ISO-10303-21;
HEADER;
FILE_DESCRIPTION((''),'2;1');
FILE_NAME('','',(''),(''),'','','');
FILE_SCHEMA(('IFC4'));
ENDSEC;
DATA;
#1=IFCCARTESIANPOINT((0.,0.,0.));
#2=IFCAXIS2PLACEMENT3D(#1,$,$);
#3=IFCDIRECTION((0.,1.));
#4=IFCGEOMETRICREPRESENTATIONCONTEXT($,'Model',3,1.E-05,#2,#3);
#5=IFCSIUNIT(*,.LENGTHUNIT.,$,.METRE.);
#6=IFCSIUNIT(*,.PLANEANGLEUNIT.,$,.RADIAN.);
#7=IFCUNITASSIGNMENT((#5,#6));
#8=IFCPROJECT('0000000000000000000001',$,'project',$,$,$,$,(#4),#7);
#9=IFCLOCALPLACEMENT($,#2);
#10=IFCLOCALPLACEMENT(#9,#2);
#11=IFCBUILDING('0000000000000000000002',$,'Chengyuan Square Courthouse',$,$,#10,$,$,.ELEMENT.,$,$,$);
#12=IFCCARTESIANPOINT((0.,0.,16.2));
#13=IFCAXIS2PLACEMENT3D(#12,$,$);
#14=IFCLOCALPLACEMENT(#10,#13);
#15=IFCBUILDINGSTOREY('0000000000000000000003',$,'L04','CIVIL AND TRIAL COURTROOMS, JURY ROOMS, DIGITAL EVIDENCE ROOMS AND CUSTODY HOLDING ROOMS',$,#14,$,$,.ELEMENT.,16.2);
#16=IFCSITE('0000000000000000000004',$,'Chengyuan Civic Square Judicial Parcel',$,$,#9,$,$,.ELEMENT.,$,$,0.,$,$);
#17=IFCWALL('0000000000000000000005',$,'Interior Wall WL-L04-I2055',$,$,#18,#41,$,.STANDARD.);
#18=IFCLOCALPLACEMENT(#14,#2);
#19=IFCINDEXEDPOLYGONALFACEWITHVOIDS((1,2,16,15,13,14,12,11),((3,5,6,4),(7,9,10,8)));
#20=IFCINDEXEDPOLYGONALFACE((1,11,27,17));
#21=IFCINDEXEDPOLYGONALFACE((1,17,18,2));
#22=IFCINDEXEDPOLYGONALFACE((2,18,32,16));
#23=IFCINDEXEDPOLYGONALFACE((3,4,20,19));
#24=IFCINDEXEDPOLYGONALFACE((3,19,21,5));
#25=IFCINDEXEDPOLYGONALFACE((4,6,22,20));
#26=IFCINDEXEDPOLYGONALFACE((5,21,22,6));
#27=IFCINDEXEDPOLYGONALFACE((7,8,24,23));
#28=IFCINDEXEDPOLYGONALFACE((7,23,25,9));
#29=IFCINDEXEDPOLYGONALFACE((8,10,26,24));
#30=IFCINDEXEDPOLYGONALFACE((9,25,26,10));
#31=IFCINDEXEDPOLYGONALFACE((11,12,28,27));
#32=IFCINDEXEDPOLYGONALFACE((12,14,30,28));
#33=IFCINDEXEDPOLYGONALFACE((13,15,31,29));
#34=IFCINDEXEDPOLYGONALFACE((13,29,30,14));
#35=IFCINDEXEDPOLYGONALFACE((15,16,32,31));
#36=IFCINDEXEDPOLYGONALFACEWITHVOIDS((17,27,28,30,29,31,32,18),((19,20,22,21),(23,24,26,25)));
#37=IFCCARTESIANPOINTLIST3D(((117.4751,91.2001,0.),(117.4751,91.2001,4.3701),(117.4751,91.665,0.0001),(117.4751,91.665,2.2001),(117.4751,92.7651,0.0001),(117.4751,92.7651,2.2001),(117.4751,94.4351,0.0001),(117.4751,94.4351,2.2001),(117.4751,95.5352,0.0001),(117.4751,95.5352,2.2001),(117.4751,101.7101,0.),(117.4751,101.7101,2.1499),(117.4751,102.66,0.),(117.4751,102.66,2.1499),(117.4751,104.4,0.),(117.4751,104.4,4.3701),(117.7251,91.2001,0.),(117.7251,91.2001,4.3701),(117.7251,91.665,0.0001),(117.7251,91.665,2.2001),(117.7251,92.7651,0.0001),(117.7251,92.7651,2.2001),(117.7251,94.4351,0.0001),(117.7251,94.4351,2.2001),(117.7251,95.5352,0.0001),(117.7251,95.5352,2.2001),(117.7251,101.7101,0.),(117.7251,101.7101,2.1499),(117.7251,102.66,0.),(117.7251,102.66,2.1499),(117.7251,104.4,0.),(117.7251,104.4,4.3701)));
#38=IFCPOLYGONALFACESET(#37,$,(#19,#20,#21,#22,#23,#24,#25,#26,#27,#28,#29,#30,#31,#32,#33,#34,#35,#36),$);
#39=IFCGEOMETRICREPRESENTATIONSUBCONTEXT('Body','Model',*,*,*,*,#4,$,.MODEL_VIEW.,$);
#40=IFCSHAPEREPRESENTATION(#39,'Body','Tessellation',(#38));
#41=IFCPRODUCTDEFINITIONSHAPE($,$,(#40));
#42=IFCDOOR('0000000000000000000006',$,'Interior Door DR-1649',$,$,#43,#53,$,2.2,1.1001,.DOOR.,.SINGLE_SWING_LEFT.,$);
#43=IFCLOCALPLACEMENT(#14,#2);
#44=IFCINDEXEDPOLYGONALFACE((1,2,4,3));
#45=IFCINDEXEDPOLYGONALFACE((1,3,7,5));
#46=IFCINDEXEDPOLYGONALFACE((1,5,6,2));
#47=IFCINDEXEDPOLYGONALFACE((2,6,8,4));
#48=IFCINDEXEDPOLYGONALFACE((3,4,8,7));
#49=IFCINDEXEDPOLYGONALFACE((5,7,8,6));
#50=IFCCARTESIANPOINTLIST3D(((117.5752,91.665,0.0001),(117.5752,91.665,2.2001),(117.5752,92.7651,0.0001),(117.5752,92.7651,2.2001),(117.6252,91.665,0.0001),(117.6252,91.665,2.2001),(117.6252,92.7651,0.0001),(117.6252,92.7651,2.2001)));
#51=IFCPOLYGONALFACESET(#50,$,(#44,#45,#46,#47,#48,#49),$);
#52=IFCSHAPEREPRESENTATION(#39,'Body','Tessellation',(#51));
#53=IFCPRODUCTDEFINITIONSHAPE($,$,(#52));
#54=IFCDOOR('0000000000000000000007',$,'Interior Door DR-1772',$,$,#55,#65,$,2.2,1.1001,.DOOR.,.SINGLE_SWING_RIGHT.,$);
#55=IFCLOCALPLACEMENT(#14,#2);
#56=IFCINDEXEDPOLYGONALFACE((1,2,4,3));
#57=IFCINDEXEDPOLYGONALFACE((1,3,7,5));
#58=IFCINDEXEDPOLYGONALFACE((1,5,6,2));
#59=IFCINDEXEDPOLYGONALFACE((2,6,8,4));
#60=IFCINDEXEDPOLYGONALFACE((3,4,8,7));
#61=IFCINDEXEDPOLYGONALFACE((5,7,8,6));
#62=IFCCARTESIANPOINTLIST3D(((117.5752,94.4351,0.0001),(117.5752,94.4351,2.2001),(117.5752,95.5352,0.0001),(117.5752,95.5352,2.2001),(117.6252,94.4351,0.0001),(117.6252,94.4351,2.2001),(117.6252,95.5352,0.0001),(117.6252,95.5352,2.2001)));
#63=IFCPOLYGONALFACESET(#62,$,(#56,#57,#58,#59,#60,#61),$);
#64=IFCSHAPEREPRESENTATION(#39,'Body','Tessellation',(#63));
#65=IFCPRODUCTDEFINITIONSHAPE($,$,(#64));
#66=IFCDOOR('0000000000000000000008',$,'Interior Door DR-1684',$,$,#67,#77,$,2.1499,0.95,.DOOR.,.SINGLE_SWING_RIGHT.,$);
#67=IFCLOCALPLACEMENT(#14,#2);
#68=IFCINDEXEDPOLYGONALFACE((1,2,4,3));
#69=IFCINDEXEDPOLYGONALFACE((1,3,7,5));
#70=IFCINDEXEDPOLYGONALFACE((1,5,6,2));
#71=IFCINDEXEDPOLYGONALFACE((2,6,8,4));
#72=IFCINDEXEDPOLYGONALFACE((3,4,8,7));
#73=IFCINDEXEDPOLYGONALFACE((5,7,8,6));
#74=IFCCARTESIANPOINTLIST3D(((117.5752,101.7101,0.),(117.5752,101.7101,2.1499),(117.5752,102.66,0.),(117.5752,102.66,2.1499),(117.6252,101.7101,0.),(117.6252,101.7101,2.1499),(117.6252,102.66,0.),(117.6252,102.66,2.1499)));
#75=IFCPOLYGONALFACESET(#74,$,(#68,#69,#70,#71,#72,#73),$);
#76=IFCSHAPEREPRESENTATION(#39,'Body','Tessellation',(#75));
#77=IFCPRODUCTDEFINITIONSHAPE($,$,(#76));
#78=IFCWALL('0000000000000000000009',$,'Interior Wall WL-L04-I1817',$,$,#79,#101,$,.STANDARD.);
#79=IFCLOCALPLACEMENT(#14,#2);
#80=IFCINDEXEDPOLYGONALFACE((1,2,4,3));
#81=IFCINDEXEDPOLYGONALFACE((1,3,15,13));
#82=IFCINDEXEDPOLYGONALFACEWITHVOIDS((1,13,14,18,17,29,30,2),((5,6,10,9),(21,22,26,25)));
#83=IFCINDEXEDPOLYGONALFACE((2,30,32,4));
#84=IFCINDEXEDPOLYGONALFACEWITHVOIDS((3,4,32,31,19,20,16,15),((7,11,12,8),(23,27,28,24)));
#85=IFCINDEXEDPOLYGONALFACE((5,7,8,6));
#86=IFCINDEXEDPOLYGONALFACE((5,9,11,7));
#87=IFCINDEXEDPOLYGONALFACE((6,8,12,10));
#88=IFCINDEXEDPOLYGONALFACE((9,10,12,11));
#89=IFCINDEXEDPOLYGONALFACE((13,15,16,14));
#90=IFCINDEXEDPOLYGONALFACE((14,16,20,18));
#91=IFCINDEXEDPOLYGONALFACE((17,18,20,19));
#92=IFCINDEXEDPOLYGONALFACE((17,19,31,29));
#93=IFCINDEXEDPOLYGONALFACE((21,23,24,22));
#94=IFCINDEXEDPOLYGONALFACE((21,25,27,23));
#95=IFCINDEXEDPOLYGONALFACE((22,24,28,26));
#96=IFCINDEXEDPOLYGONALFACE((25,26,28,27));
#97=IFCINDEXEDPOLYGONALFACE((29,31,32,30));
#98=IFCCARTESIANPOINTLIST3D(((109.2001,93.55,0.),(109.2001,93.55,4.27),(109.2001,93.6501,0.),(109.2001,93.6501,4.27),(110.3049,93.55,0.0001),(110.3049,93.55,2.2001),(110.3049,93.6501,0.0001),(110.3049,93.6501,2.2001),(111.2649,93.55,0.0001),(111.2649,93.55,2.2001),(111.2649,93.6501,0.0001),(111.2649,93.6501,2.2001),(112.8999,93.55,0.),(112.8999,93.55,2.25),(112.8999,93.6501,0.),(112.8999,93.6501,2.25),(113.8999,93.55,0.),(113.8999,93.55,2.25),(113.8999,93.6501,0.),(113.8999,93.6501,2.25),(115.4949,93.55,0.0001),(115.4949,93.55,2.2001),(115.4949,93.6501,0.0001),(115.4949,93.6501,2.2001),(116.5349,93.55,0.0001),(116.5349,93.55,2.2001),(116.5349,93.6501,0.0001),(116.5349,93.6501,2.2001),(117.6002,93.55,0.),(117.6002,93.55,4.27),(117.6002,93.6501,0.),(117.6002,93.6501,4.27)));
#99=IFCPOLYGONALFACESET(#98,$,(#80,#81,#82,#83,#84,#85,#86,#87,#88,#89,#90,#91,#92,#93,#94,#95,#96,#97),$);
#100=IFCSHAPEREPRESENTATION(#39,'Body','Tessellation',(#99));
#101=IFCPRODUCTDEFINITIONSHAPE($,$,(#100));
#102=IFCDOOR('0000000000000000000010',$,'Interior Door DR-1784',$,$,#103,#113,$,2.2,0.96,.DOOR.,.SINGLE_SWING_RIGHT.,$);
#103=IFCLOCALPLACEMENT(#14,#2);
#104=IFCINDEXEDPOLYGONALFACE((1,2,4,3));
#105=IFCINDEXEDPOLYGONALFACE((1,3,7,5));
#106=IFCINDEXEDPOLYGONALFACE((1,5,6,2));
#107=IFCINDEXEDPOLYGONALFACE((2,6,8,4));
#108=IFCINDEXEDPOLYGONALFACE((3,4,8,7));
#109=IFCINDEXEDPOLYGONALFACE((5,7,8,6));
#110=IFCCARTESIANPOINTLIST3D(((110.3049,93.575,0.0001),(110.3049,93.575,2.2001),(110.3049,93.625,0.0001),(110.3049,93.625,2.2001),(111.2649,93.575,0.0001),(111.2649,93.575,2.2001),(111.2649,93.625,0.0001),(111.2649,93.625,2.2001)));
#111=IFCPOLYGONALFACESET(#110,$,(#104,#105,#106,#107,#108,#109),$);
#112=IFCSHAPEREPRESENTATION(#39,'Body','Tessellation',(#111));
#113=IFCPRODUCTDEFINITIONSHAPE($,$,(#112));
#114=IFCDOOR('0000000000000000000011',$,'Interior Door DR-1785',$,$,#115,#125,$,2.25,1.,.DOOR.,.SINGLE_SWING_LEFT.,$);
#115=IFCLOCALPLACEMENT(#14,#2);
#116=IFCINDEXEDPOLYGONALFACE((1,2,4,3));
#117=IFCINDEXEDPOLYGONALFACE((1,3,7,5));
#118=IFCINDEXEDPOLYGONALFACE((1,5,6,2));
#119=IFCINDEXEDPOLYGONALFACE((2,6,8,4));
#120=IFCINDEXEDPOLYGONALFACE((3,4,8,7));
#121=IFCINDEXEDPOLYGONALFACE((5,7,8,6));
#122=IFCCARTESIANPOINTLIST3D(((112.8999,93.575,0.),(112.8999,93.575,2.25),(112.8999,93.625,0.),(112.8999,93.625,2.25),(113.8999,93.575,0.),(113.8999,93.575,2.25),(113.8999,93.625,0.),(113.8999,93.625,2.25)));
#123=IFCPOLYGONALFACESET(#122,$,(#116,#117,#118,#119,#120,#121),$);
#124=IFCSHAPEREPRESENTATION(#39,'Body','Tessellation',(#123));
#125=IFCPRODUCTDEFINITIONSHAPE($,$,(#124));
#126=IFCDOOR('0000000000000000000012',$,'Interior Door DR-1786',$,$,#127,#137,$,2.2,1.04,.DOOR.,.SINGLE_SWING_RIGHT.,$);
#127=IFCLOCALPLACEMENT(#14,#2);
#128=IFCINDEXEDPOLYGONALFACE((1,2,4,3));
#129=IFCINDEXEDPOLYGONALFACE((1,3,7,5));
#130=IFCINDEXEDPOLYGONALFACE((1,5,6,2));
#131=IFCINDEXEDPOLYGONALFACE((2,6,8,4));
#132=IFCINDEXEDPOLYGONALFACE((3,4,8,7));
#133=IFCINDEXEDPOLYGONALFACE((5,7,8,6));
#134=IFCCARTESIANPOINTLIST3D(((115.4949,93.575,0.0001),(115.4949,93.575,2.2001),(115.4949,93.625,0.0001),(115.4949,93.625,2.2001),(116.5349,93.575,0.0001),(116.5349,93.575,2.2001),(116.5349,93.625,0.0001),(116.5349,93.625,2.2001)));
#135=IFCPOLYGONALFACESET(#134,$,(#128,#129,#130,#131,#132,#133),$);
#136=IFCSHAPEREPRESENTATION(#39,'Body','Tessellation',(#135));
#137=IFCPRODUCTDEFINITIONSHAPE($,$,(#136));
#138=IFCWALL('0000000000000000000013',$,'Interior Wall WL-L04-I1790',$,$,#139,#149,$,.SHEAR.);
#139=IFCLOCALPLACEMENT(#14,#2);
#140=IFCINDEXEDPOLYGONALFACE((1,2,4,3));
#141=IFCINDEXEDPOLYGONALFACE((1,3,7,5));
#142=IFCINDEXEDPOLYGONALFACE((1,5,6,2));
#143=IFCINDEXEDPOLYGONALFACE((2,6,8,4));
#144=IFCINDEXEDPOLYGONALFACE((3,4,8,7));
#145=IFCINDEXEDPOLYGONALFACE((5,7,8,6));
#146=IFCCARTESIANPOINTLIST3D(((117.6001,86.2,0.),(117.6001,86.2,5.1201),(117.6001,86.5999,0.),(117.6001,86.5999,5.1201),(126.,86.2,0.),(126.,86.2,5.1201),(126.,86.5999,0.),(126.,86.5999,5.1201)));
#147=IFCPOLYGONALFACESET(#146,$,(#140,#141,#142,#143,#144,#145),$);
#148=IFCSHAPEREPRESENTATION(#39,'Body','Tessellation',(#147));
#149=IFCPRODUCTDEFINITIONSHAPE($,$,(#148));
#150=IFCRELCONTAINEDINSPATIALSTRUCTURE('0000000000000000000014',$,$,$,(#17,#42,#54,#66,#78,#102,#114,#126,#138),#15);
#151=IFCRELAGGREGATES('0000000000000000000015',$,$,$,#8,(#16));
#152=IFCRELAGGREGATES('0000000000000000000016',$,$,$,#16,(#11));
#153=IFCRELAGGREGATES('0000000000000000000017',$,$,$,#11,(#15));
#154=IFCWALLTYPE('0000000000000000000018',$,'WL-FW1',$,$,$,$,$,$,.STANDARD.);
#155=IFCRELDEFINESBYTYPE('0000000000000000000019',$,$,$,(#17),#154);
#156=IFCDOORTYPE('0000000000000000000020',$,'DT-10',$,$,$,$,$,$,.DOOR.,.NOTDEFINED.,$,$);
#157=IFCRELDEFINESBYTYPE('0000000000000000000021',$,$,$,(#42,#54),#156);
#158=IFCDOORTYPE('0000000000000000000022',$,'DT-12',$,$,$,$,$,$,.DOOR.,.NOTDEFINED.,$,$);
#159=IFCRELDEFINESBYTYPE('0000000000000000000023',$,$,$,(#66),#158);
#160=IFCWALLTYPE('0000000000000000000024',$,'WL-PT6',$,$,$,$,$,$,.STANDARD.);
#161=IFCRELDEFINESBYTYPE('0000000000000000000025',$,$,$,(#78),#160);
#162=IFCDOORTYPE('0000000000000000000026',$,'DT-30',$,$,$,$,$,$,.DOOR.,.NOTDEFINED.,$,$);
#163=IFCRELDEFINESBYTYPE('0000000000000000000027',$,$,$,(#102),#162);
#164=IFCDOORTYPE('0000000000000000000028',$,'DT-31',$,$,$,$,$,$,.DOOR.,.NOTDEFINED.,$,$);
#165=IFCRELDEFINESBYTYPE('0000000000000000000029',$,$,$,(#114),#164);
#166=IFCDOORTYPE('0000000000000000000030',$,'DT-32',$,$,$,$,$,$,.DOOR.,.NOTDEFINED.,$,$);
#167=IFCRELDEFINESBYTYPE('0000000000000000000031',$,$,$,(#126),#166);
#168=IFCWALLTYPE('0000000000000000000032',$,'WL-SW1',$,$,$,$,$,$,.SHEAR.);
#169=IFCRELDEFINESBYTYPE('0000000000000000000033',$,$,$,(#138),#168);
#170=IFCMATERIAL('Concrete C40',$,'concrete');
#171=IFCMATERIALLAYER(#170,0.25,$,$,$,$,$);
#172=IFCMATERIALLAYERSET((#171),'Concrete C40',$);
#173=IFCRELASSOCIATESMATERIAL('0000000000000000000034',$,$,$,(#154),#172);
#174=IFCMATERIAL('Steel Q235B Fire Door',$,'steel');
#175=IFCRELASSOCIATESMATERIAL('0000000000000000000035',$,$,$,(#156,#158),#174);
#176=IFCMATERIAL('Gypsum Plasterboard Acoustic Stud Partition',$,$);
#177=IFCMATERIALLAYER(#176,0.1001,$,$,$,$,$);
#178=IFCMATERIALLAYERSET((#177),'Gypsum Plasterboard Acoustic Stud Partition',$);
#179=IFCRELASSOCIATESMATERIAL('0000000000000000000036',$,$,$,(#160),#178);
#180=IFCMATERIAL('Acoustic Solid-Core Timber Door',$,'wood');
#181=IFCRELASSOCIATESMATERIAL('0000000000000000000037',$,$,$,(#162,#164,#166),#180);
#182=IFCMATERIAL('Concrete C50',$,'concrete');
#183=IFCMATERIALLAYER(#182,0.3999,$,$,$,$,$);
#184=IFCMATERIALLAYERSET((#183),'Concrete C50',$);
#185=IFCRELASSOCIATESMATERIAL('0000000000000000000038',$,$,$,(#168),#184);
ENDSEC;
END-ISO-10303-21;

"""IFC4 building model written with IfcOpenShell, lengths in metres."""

from ifc_helpers import new_model, si_unit, direction, frame, frame_2d, origin, place, context, subcontext, project, spatial, rectangle, extrude, material, layer, layer_set, type_object, element, fill, save


model = new_model("IFC4")

# Units and contexts
model_context = context("Model", 3, precision=1e-05, world=origin(), true_north=direction((0.0, 1.0)))
body_context = subcontext(model_context, "Body", "Model", "MODEL_VIEW")
ifc_project = project(units=[si_unit("LENGTHUNIT", "METRE"), si_unit("PLANEANGLEUNIT", "RADIAN")], contexts=[model_context])

# Site, building, storey
site_placement = place(None, origin())
site = spatial("IfcSite", under=ifc_project, at=site_placement, Name="Chengyuan Civic Square Judicial Parcel", CompositionType="ELEMENT", RefElevation=0.0)
building_placement = place(site_placement, origin())
building = spatial("IfcBuilding", under=site, at=building_placement, Name="Chengyuan Square Courthouse", CompositionType="ELEMENT")
storey_placement = place(building_placement, frame((0.0, 0.0, 16.2)))
storey = spatial("IfcBuildingStorey", under=building, at=storey_placement, Name="L04", Description="CIVIL AND TRIAL COURTROOMS, JURY ROOMS, DIGITAL EVIDENCE ROOMS AND CUSTODY HOLDING ROOMS", CompositionType="ELEMENT", Elevation=16.2)

# Shared definitions
ifc_material_1 = material(Name="Concrete C50", Category="concrete")

# Shared definitions
ifc_material_2 = material(Name="Concrete C40", Category="concrete")

# Shared definitions
ifc_layer_1 = layer(ifc_material_2, 0.25)
ifc_layer_set_1 = layer_set([ifc_layer_1], Name="Concrete C40")
wall_type_1 = type_object("IfcWallType", Name="WL-FW1", PredefinedType="STANDARD", material=ifc_layer_set_1)
ifc_material_3 = material(Name="Steel Q235B Fire Door", Category="steel")

# Walls, openings, doors
wall_1_placement = place(storey_placement, frame((117.6001, 91.2, 0.0), z_axis=(0.0, 0.0, 1.0), x_axis=(0.0, 1.0, 0.0)))
wall_1 = element("IfcWall", 1, at=wall_1_placement, inside=storey, type_object=wall_type_1, Name="Interior Wall WL-L04-I2055", PredefinedType="STANDARD", context=body_context, shape_type="SweptSolid", body=[
    extrude(rectangle(XDim=13.2, YDim=0.25, at=frame_2d((6.6001, 0.0))), origin(), (0.0, 0.0, 1.0), 4.3701),
])
opening_1_placement = place(wall_1_placement, frame((0.4651, 0.0, 0.0)))
opening_1 = element("IfcOpeningElement", 2, at=opening_1_placement, cuts=wall_1, PredefinedType="OPENING", context=body_context, shape_type="SweptSolid", body=[
    extrude(rectangle(XDim=1.1001, YDim=2.2, at=frame_2d((0.55, 1.1001))), frame((0.0, 0.137, 0.0), z_axis=(0.0, -1.0, 0.0), x_axis=(1.0, 0.0, 0.0)), (0.0, 0.0, 1.0), 0.2739),
])
opening_2_placement = place(wall_1_placement, frame((10.51, 0.0, 0.0)))
opening_2 = element("IfcOpeningElement", 3, at=opening_2_placement, cuts=wall_1, PredefinedType="OPENING", context=body_context, shape_type="SweptSolid", body=[
    extrude(rectangle(XDim=0.95, YDim=2.1499, at=frame_2d((0.4751, 1.075))), frame((0.0, 0.137, 0.0), z_axis=(0.0, -1.0, 0.0), x_axis=(1.0, 0.0, 0.0)), (0.0, 0.0, 1.0), 0.2739),
])
opening_3_placement = place(wall_1_placement, frame((3.2351, 0.0, 0.0)))
opening_3 = element("IfcOpeningElement", 4, at=opening_3_placement, cuts=wall_1, PredefinedType="OPENING", context=body_context, shape_type="SweptSolid", body=[
    extrude(rectangle(XDim=1.1001, YDim=2.2, at=frame_2d((0.55, 1.1001))), frame((0.0, 0.137, 0.0), z_axis=(0.0, -1.0, 0.0), x_axis=(1.0, 0.0, 0.0)), (0.0, 0.0, 1.0), 0.2739),
])
door_type_1 = type_object("IfcDoorType", Name="DT-10", OperationType="NOTDEFINED", PredefinedType="DOOR", material=ifc_material_3)
door_1_placement = place(opening_1_placement, origin())
door_1 = element("IfcDoor", 5, at=door_1_placement, inside=storey, type_object=door_type_1, Name="Interior Door DR-1649", OperationType="SINGLE_SWING_LEFT", OverallHeight=2.2, OverallWidth=1.1001, PredefinedType="DOOR", context=body_context, shape_type="SweptSolid", body=[
    extrude(rectangle(XDim=1.1001, YDim=2.2, at=frame_2d((0.55, 1.1001))), frame((0.0, 0.0249, 0.0), z_axis=(0.0, -1.0, 0.0), x_axis=(1.0, 0.0, 0.0)), (0.0, 0.0, 1.0), 0.05),
])
fill(opening_1, door_1)
door_2_placement = place(opening_3_placement, origin())
door_2 = element("IfcDoor", 6, at=door_2_placement, inside=storey, type_object=door_type_1, Name="Interior Door DR-1772", OperationType="SINGLE_SWING_RIGHT", OverallHeight=2.2, OverallWidth=1.1001, PredefinedType="DOOR", context=body_context, shape_type="SweptSolid", body=[
    extrude(rectangle(XDim=1.1001, YDim=2.2, at=frame_2d((0.55, 1.1001))), frame((0.0, 0.0249, 0.0), z_axis=(0.0, -1.0, 0.0), x_axis=(1.0, 0.0, 0.0)), (0.0, 0.0, 1.0), 0.05),
])
fill(opening_3, door_2)
door_type_2 = type_object("IfcDoorType", Name="DT-12", OperationType="NOTDEFINED", PredefinedType="DOOR", material=ifc_material_3)
door_3_placement = place(opening_2_placement, origin())
door_3 = element("IfcDoor", 7, at=door_3_placement, inside=storey, type_object=door_type_2, Name="Interior Door DR-1684", OperationType="SINGLE_SWING_RIGHT", OverallHeight=2.1499, OverallWidth=0.95, PredefinedType="DOOR", context=body_context, shape_type="SweptSolid", body=[
    extrude(rectangle(XDim=0.95, YDim=2.1499, at=frame_2d((0.4751, 1.075))), frame((0.0, 0.0249, 0.0), z_axis=(0.0, -1.0, 0.0), x_axis=(1.0, 0.0, 0.0)), (0.0, 0.0, 1.0), 0.05),
])
fill(opening_2, door_3)
ifc_material_4 = material(Name="Gypsum Plasterboard Acoustic Stud Partition")
ifc_layer_2 = layer(ifc_material_4, 0.1001)
ifc_layer_set_2 = layer_set([ifc_layer_2], Name="Gypsum Plasterboard Acoustic Stud Partition")
wall_type_2 = type_object("IfcWallType", Name="WL-PT6", PredefinedType="STANDARD", material=ifc_layer_set_2)
wall_2_placement = place(storey_placement, frame((109.2, 93.6001, 0.0), z_axis=(0.0, 0.0, 1.0), x_axis=(1.0, 0.0, 0.0)))
wall_2 = element("IfcWall", 8, at=wall_2_placement, inside=storey, type_object=wall_type_2, Name="Interior Wall WL-L04-I1817", PredefinedType="STANDARD", context=body_context, shape_type="SweptSolid", body=[
    extrude(rectangle(XDim=8.4001, YDim=0.1001, at=frame_2d((4.2002, 0.0))), origin(), (0.0, 0.0, 1.0), 4.27),
])
opening_4_placement = place(wall_2_placement, frame((1.105, 0.0, 0.0)))
opening_4 = element("IfcOpeningElement", 9, at=opening_4_placement, cuts=wall_2, PredefinedType="OPENING", context=body_context, shape_type="SweptSolid", body=[
    extrude(rectangle(XDim=0.96, YDim=2.2, at=frame_2d((0.48, 1.1001))), frame((0.0, 0.062, 0.0), z_axis=(0.0, -1.0, 0.0), x_axis=(1.0, 0.0, 0.0)), (0.0, 0.0, 1.0), 0.124),
])
opening_5_placement = place(wall_2_placement, frame((3.7, 0.0, 0.0)))
opening_5 = element("IfcOpeningElement", 10, at=opening_5_placement, cuts=wall_2, PredefinedType="OPENING", context=body_context, shape_type="SweptSolid", body=[
    extrude(rectangle(XDim=1.0, YDim=2.25, at=frame_2d((0.5, 1.125))), frame((0.0, 0.062, 0.0), z_axis=(0.0, -1.0, 0.0), x_axis=(1.0, 0.0, 0.0)), (0.0, 0.0, 1.0), 0.124),
])
opening_6_placement = place(wall_2_placement, frame((6.2949, 0.0, 0.0)))
opening_6 = element("IfcOpeningElement", 11, at=opening_6_placement, cuts=wall_2, PredefinedType="OPENING", context=body_context, shape_type="SweptSolid", body=[
    extrude(rectangle(XDim=1.04, YDim=2.2, at=frame_2d((0.52, 1.1001))), frame((0.0, 0.062, 0.0), z_axis=(0.0, -1.0, 0.0), x_axis=(1.0, 0.0, 0.0)), (0.0, 0.0, 1.0), 0.124),
])
ifc_material_5 = material(Name="Acoustic Solid-Core Timber Door", Category="wood")
door_type_3 = type_object("IfcDoorType", Name="DT-30", OperationType="NOTDEFINED", PredefinedType="DOOR", material=ifc_material_5)
door_4_placement = place(opening_4_placement, origin())
door_4 = element("IfcDoor", 12, at=door_4_placement, inside=storey, type_object=door_type_3, Name="Interior Door DR-1784", OperationType="SINGLE_SWING_RIGHT", OverallHeight=2.2, OverallWidth=0.96, PredefinedType="DOOR", context=body_context, shape_type="SweptSolid", body=[
    extrude(rectangle(XDim=0.96, YDim=2.2, at=frame_2d((0.48, 1.1001))), frame((0.0, 0.0249, 0.0), z_axis=(0.0, -1.0, 0.0), x_axis=(1.0, 0.0, 0.0)), (0.0, 0.0, 1.0), 0.05),
])
fill(opening_4, door_4)
door_type_4 = type_object("IfcDoorType", Name="DT-31", OperationType="NOTDEFINED", PredefinedType="DOOR", material=ifc_material_5)
door_5_placement = place(opening_5_placement, origin())
door_5 = element("IfcDoor", 13, at=door_5_placement, inside=storey, type_object=door_type_4, Name="Interior Door DR-1785", OperationType="SINGLE_SWING_LEFT", OverallHeight=2.25, OverallWidth=1.0, PredefinedType="DOOR", context=body_context, shape_type="SweptSolid", body=[
    extrude(rectangle(XDim=1.0, YDim=2.25, at=frame_2d((0.5, 1.125))), frame((0.0, 0.0249, 0.0), z_axis=(0.0, -1.0, 0.0), x_axis=(1.0, 0.0, 0.0)), (0.0, 0.0, 1.0), 0.05),
])
fill(opening_5, door_5)
door_type_5 = type_object("IfcDoorType", Name="DT-32", OperationType="NOTDEFINED", PredefinedType="DOOR", material=ifc_material_5)
door_6_placement = place(opening_6_placement, origin())
door_6 = element("IfcDoor", 14, at=door_6_placement, inside=storey, type_object=door_type_5, Name="Interior Door DR-1786", OperationType="SINGLE_SWING_RIGHT", OverallHeight=2.2, OverallWidth=1.04, PredefinedType="DOOR", context=body_context, shape_type="SweptSolid", body=[
    extrude(rectangle(XDim=1.04, YDim=2.2, at=frame_2d((0.52, 1.1001))), frame((0.0, 0.0249, 0.0), z_axis=(0.0, -1.0, 0.0), x_axis=(1.0, 0.0, 0.0)), (0.0, 0.0, 1.0), 0.05),
])
fill(opening_6, door_6)

# Wall
ifc_layer_3 = layer(ifc_material_1, 0.3999)
ifc_layer_set_3 = layer_set([ifc_layer_3], Name="Concrete C50")
wall_type_3 = type_object("IfcWallType", Name="WL-SW1", PredefinedType="SHEAR", material=ifc_layer_set_3)
wall_3_placement = place(storey_placement, frame((117.6001, 86.3999, 0.0), z_axis=(0.0, 0.0, 1.0), x_axis=(1.0, 0.0, 0.0)))
element("IfcWall", 15, at=wall_3_placement, inside=storey, type_object=wall_type_3, Name="Interior Wall WL-L04-I1790", PredefinedType="SHEAR", context=body_context, shape_type="SweptSolid", body=[
    extrude(rectangle(XDim=8.3999, YDim=0.3999, at=frame_2d((4.2, 0.0))), origin(), (0.0, 0.0, 1.0), 5.1201),
])

save(model, "model.ifc")
